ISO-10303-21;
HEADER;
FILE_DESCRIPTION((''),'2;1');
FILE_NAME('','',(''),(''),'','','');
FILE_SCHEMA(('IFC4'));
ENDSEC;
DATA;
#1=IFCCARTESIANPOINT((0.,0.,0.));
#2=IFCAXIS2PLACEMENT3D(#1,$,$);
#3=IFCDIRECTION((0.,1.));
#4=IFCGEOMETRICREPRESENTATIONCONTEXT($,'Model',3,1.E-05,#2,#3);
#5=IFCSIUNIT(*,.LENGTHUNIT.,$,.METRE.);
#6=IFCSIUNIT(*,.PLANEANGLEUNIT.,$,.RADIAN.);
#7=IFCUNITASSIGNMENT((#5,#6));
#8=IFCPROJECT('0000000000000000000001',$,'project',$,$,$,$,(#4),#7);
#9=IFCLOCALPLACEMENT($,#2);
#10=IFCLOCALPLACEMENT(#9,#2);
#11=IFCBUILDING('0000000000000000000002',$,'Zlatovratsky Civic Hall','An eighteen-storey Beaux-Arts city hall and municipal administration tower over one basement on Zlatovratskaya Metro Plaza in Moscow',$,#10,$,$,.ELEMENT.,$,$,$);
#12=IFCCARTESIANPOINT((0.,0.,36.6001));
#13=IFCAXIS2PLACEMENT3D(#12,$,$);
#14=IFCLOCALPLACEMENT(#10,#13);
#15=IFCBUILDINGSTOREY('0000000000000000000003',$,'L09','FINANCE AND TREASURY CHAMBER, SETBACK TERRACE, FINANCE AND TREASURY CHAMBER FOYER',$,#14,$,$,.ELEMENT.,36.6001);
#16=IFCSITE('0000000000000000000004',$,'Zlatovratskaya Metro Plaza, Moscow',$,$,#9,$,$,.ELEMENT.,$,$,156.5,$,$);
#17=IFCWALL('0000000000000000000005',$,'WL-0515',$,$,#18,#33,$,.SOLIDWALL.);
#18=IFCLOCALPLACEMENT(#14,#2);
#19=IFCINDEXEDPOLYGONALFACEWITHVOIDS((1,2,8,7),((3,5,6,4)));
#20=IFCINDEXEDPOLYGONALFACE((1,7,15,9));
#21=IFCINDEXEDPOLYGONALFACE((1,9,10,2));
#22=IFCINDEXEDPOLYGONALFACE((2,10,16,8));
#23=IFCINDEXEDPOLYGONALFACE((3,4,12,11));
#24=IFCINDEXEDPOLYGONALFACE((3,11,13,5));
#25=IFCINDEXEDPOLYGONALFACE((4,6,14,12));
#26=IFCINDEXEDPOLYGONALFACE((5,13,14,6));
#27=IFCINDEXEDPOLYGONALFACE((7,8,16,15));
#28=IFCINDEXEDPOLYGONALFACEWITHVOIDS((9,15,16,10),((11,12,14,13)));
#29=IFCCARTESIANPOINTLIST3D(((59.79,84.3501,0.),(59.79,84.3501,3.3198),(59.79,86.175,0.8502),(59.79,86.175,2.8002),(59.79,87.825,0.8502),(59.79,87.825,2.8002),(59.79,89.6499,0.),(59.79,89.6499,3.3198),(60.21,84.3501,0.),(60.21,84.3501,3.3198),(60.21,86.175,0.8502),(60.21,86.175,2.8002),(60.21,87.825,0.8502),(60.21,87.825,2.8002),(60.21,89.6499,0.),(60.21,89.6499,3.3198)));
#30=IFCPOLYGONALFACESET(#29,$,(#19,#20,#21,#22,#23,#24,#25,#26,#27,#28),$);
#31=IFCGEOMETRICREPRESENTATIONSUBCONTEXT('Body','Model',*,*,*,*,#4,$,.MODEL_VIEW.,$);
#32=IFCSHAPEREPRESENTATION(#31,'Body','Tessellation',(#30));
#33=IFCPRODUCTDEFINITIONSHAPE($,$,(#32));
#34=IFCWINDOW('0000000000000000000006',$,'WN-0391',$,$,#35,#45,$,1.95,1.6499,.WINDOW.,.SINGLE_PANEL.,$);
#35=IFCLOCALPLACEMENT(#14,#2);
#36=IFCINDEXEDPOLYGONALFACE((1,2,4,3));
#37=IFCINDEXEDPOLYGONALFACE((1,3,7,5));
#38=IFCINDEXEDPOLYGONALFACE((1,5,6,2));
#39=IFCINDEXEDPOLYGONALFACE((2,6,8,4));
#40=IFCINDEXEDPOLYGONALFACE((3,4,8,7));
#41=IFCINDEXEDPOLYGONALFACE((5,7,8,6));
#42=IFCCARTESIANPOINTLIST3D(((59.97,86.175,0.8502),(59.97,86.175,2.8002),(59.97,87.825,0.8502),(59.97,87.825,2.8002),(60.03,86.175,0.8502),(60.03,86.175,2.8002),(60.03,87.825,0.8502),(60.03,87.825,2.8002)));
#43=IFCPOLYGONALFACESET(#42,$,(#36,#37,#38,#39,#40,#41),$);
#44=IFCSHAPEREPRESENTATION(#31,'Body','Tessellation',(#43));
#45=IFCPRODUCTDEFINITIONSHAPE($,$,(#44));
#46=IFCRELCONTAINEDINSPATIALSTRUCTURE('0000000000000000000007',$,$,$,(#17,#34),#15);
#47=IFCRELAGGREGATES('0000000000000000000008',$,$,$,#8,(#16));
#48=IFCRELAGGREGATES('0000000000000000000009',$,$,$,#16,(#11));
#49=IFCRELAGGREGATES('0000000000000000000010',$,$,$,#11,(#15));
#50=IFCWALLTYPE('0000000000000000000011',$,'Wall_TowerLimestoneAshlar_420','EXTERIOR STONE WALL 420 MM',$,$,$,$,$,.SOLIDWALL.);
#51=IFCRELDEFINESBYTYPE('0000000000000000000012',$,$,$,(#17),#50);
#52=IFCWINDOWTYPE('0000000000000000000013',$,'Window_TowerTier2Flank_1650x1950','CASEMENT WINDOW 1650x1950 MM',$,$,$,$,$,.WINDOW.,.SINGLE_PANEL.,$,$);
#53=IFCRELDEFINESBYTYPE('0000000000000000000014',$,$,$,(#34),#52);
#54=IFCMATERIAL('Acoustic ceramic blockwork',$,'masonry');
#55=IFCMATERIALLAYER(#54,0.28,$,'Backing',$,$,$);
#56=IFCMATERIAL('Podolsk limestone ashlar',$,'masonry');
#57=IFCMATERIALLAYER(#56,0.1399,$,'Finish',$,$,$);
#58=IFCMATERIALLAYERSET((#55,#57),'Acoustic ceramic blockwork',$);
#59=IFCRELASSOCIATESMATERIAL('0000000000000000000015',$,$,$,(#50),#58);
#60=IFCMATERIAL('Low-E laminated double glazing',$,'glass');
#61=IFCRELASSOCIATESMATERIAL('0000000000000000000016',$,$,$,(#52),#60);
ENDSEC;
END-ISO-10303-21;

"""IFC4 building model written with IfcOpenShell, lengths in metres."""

from ifc_helpers import new_model, si_unit, direction, frame, frame_2d, origin, place, context, subcontext, project, spatial, rectangle, extrude, material, layer, layer_set, type_object, element, fill, save


model = new_model("IFC4")

# Units and contexts
model_context = context("Model", 3, precision=1e-05, world=origin(), true_north=direction((0.0, 1.0)))
body_context = subcontext(model_context, "Body", "Model", "MODEL_VIEW")
ifc_project = project(units=[si_unit("LENGTHUNIT", "METRE"), si_unit("PLANEANGLEUNIT", "RADIAN")], contexts=[model_context])

# Site, building, storey
site_placement = place(None, origin())
site = spatial("IfcSite", under=ifc_project, at=site_placement, Name="Zlatovratskaya Metro Plaza, Moscow", CompositionType="ELEMENT", RefElevation=156.5)
building_placement = place(site_placement, origin())
building = spatial("IfcBuilding", under=site, at=building_placement, Name="Zlatovratsky Civic Hall", Description="An eighteen-storey Beaux-Arts city hall and municipal administration tower over one basement on Zlatovratskaya Metro Plaza in Moscow", CompositionType="ELEMENT")
storey_placement = place(building_placement, frame((0.0, 0.0, 36.6001)))
storey = spatial("IfcBuildingStorey", under=building, at=storey_placement, Name="L09", Description="FINANCE AND TREASURY CHAMBER, SETBACK TERRACE, FINANCE AND TREASURY CHAMBER FOYER", CompositionType="ELEMENT", Elevation=36.6001)

# Wall, opening, window
ifc_material_1 = material(Name="Acoustic ceramic blockwork", Category="masonry")
ifc_layer_1 = layer(ifc_material_1, 0.28, Name="Backing")
ifc_material_2 = material(Name="Podolsk limestone ashlar", Category="masonry")
ifc_layer_2 = layer(ifc_material_2, 0.1399, Name="Finish")
ifc_layer_set_1 = layer_set([ifc_layer_1, ifc_layer_2], Name="Acoustic ceramic blockwork")
wall_type_1 = type_object("IfcWallType", Name="Wall_TowerLimestoneAshlar_420", Description="EXTERIOR STONE WALL 420 MM", PredefinedType="SOLIDWALL", material=ifc_layer_set_1)
ifc_material_3 = material(Name="Low-E laminated double glazing", Category="glass")
window_type = type_object("IfcWindowType", Name="Window_TowerTier2Flank_1650x1950", Description="CASEMENT WINDOW 1650x1950 MM", PartitioningType="SINGLE_PANEL", PredefinedType="WINDOW", material=ifc_material_3)
wall_1_placement = place(storey_placement, frame((60.0, 84.3501, 0.0), z_axis=(0.0, 0.0, 1.0), x_axis=(0.0, 1.0, 0.0)))
wall_1 = element("IfcWall", 1, at=wall_1_placement, inside=storey, type_object=wall_type_1, Name="WL-0515", PredefinedType="SOLIDWALL", context=body_context, shape_type="SweptSolid", body=[
    extrude(rectangle(XDim=5.2998, YDim=0.4199, at=frame_2d((2.6499, 0.0))), origin(), (0.0, 0.0, 1.0), 3.3198),
])
opening_1_placement = place(wall_1_placement, frame((1.825, 0.0, 0.8501)))
opening_1 = element("IfcOpeningElement", 2, at=opening_1_placement, cuts=wall_1, PredefinedType="OPENING", context=body_context, shape_type="SweptSolid", body=[
    extrude(rectangle(XDim=1.6499, YDim=1.95, at=frame_2d((0.825, 0.9751))), frame((0.0, 0.2249, 0.0), z_axis=(0.0, -1.0, 0.0), x_axis=(1.0, 0.0, 0.0)), (0.0, 0.0, 1.0), 0.4497),
])
window_1_placement = place(opening_1_placement, origin())
window_1 = element("IfcWindow", 3, at=window_1_placement, inside=storey, type_object=window_type, Name="WN-0391", OverallHeight=1.95, OverallWidth=1.6499, PartitioningType="SINGLE_PANEL", PredefinedType="WINDOW", context=body_context, shape_type="SweptSolid", body=[
    extrude(rectangle(XDim=1.6499, YDim=1.95, at=frame_2d((0.825, 0.9751))), frame((0.0, 0.03, 0.0), z_axis=(0.0, -1.0, 0.0), x_axis=(1.0, 0.0, 0.0)), (0.0, 0.0, 1.0), 0.0601),
])
fill(opening_1, window_1)

save(model, "model.ifc")
